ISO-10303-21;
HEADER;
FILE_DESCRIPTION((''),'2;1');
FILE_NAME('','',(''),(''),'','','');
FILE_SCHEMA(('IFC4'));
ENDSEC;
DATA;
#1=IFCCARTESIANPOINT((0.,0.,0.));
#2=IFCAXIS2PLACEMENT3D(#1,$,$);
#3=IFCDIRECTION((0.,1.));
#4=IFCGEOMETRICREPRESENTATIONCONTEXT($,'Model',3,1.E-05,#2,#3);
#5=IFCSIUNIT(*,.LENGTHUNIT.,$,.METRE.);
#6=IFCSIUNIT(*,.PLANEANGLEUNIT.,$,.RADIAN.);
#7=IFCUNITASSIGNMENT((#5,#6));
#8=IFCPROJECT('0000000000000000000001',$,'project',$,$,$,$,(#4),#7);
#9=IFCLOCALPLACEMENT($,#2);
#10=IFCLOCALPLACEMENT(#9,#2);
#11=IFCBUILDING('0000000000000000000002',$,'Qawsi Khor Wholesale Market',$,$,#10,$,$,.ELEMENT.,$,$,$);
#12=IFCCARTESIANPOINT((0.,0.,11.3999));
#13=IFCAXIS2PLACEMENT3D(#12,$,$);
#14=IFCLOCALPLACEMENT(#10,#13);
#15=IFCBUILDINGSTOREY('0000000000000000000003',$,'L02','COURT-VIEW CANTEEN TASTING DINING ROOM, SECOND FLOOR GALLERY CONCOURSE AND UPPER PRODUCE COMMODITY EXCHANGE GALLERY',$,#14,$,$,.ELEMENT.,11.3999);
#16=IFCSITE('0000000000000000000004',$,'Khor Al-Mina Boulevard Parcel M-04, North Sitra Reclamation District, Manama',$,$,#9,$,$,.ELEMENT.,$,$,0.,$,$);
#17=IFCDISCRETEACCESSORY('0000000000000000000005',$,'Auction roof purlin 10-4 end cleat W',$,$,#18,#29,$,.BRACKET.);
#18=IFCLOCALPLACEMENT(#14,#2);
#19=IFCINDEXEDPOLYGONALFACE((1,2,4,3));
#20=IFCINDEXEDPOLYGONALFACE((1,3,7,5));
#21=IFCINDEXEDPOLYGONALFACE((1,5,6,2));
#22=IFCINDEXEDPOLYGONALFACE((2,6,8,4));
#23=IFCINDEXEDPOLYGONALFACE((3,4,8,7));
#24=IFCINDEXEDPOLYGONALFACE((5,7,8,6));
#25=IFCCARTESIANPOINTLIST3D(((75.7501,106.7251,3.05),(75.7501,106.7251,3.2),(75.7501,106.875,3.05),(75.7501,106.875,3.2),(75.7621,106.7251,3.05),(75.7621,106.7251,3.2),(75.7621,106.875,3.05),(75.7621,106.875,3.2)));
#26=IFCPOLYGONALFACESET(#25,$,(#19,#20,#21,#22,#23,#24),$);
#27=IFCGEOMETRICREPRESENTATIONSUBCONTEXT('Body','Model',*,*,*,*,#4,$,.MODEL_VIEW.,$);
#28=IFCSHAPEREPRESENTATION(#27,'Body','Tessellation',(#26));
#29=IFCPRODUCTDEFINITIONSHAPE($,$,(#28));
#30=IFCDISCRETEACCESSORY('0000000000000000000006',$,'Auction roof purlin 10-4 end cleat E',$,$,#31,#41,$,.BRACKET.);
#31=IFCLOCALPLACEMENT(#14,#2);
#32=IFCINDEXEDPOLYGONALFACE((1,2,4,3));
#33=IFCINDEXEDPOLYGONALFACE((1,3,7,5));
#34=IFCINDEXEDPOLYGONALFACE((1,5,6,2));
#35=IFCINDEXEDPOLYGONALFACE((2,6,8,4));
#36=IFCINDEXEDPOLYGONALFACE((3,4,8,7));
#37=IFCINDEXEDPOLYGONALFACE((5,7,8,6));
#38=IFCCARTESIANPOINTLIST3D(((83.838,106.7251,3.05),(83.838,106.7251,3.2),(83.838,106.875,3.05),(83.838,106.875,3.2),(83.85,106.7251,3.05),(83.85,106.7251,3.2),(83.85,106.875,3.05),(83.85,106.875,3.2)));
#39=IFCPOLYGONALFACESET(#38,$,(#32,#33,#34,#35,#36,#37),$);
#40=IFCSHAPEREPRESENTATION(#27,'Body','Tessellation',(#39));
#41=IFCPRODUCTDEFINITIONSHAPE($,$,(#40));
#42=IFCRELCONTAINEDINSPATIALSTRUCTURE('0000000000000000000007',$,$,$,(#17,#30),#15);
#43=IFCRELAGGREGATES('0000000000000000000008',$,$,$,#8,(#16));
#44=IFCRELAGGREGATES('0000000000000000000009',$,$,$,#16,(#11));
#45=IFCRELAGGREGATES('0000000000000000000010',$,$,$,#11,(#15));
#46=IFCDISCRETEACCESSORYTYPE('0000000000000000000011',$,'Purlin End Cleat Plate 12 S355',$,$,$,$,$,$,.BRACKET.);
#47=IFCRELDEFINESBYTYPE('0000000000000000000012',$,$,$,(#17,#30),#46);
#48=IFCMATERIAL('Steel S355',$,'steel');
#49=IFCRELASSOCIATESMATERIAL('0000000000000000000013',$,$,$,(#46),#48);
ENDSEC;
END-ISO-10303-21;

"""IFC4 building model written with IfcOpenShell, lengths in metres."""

from ifc_helpers import new_model, si_unit, direction, frame, origin, origin_2d, place, context, subcontext, project, spatial, rectangle, extrude, material, type_object, element, save


model = new_model("IFC4")

# Units and contexts
model_context = context("Model", 3, precision=1e-05, world=origin(), true_north=direction((0.0, 1.0)))
body_context = subcontext(model_context, "Body", "Model", "MODEL_VIEW")
ifc_project = project(units=[si_unit("LENGTHUNIT", "METRE"), si_unit("PLANEANGLEUNIT", "RADIAN")], contexts=[model_context])

# Site, building, storey
site_placement = place(None, origin())
site = spatial("IfcSite", under=ifc_project, at=site_placement, Name="Khor Al-Mina Boulevard Parcel M-04, North Sitra Reclamation District, Manama", CompositionType="ELEMENT", RefElevation=0.0)
building_placement = place(site_placement, origin())
building = spatial("IfcBuilding", under=site, at=building_placement, Name="Qawsi Khor Wholesale Market", CompositionType="ELEMENT")
storey_placement = place(building_placement, frame((0.0, 0.0, 11.3999)))
storey = spatial("IfcBuildingStorey", under=building, at=storey_placement, Name="L02", Description="COURT-VIEW CANTEEN TASTING DINING ROOM, SECOND FLOOR GALLERY CONCOURSE AND UPPER PRODUCE COMMODITY EXCHANGE GALLERY", CompositionType="ELEMENT", Elevation=11.3999)

# Shared definitions
ifc_material_1 = material(Name="Steel S355", Category="steel")

# Discrete accessories
discrete_accessory_type = type_object("IfcDiscreteAccessoryType", Name="Purlin End Cleat Plate 12 S355", PredefinedType="BRACKET", material=ifc_material_1)
for number, where, z_axis, x_axis, name in (
    (1, (75.7561, 106.8, 3.05), (0.0, 0.0, 1.0), (1.0, 0.0, 0.0), "Auction roof purlin 10-4 end cleat W"),
    (2, (83.844, 106.8, 3.05), (0.0, 0.0, 1.0), (1.0, 0.0, 0.0), "Auction roof purlin 10-4 end cleat E"),
):
    element("IfcDiscreteAccessory", number, at=place(storey_placement, frame(where, z_axis=z_axis, x_axis=x_axis)), inside=storey, type_object=discrete_accessory_type, Name=name, PredefinedType="BRACKET", context=body_context, shape_type="SweptSolid", body=[
        extrude(rectangle(XDim=0.012, YDim=0.1499, at=origin_2d()), origin(), (0.0, 0.0, 1.0), 0.1499),
    ])

save(model, "model.ifc")
